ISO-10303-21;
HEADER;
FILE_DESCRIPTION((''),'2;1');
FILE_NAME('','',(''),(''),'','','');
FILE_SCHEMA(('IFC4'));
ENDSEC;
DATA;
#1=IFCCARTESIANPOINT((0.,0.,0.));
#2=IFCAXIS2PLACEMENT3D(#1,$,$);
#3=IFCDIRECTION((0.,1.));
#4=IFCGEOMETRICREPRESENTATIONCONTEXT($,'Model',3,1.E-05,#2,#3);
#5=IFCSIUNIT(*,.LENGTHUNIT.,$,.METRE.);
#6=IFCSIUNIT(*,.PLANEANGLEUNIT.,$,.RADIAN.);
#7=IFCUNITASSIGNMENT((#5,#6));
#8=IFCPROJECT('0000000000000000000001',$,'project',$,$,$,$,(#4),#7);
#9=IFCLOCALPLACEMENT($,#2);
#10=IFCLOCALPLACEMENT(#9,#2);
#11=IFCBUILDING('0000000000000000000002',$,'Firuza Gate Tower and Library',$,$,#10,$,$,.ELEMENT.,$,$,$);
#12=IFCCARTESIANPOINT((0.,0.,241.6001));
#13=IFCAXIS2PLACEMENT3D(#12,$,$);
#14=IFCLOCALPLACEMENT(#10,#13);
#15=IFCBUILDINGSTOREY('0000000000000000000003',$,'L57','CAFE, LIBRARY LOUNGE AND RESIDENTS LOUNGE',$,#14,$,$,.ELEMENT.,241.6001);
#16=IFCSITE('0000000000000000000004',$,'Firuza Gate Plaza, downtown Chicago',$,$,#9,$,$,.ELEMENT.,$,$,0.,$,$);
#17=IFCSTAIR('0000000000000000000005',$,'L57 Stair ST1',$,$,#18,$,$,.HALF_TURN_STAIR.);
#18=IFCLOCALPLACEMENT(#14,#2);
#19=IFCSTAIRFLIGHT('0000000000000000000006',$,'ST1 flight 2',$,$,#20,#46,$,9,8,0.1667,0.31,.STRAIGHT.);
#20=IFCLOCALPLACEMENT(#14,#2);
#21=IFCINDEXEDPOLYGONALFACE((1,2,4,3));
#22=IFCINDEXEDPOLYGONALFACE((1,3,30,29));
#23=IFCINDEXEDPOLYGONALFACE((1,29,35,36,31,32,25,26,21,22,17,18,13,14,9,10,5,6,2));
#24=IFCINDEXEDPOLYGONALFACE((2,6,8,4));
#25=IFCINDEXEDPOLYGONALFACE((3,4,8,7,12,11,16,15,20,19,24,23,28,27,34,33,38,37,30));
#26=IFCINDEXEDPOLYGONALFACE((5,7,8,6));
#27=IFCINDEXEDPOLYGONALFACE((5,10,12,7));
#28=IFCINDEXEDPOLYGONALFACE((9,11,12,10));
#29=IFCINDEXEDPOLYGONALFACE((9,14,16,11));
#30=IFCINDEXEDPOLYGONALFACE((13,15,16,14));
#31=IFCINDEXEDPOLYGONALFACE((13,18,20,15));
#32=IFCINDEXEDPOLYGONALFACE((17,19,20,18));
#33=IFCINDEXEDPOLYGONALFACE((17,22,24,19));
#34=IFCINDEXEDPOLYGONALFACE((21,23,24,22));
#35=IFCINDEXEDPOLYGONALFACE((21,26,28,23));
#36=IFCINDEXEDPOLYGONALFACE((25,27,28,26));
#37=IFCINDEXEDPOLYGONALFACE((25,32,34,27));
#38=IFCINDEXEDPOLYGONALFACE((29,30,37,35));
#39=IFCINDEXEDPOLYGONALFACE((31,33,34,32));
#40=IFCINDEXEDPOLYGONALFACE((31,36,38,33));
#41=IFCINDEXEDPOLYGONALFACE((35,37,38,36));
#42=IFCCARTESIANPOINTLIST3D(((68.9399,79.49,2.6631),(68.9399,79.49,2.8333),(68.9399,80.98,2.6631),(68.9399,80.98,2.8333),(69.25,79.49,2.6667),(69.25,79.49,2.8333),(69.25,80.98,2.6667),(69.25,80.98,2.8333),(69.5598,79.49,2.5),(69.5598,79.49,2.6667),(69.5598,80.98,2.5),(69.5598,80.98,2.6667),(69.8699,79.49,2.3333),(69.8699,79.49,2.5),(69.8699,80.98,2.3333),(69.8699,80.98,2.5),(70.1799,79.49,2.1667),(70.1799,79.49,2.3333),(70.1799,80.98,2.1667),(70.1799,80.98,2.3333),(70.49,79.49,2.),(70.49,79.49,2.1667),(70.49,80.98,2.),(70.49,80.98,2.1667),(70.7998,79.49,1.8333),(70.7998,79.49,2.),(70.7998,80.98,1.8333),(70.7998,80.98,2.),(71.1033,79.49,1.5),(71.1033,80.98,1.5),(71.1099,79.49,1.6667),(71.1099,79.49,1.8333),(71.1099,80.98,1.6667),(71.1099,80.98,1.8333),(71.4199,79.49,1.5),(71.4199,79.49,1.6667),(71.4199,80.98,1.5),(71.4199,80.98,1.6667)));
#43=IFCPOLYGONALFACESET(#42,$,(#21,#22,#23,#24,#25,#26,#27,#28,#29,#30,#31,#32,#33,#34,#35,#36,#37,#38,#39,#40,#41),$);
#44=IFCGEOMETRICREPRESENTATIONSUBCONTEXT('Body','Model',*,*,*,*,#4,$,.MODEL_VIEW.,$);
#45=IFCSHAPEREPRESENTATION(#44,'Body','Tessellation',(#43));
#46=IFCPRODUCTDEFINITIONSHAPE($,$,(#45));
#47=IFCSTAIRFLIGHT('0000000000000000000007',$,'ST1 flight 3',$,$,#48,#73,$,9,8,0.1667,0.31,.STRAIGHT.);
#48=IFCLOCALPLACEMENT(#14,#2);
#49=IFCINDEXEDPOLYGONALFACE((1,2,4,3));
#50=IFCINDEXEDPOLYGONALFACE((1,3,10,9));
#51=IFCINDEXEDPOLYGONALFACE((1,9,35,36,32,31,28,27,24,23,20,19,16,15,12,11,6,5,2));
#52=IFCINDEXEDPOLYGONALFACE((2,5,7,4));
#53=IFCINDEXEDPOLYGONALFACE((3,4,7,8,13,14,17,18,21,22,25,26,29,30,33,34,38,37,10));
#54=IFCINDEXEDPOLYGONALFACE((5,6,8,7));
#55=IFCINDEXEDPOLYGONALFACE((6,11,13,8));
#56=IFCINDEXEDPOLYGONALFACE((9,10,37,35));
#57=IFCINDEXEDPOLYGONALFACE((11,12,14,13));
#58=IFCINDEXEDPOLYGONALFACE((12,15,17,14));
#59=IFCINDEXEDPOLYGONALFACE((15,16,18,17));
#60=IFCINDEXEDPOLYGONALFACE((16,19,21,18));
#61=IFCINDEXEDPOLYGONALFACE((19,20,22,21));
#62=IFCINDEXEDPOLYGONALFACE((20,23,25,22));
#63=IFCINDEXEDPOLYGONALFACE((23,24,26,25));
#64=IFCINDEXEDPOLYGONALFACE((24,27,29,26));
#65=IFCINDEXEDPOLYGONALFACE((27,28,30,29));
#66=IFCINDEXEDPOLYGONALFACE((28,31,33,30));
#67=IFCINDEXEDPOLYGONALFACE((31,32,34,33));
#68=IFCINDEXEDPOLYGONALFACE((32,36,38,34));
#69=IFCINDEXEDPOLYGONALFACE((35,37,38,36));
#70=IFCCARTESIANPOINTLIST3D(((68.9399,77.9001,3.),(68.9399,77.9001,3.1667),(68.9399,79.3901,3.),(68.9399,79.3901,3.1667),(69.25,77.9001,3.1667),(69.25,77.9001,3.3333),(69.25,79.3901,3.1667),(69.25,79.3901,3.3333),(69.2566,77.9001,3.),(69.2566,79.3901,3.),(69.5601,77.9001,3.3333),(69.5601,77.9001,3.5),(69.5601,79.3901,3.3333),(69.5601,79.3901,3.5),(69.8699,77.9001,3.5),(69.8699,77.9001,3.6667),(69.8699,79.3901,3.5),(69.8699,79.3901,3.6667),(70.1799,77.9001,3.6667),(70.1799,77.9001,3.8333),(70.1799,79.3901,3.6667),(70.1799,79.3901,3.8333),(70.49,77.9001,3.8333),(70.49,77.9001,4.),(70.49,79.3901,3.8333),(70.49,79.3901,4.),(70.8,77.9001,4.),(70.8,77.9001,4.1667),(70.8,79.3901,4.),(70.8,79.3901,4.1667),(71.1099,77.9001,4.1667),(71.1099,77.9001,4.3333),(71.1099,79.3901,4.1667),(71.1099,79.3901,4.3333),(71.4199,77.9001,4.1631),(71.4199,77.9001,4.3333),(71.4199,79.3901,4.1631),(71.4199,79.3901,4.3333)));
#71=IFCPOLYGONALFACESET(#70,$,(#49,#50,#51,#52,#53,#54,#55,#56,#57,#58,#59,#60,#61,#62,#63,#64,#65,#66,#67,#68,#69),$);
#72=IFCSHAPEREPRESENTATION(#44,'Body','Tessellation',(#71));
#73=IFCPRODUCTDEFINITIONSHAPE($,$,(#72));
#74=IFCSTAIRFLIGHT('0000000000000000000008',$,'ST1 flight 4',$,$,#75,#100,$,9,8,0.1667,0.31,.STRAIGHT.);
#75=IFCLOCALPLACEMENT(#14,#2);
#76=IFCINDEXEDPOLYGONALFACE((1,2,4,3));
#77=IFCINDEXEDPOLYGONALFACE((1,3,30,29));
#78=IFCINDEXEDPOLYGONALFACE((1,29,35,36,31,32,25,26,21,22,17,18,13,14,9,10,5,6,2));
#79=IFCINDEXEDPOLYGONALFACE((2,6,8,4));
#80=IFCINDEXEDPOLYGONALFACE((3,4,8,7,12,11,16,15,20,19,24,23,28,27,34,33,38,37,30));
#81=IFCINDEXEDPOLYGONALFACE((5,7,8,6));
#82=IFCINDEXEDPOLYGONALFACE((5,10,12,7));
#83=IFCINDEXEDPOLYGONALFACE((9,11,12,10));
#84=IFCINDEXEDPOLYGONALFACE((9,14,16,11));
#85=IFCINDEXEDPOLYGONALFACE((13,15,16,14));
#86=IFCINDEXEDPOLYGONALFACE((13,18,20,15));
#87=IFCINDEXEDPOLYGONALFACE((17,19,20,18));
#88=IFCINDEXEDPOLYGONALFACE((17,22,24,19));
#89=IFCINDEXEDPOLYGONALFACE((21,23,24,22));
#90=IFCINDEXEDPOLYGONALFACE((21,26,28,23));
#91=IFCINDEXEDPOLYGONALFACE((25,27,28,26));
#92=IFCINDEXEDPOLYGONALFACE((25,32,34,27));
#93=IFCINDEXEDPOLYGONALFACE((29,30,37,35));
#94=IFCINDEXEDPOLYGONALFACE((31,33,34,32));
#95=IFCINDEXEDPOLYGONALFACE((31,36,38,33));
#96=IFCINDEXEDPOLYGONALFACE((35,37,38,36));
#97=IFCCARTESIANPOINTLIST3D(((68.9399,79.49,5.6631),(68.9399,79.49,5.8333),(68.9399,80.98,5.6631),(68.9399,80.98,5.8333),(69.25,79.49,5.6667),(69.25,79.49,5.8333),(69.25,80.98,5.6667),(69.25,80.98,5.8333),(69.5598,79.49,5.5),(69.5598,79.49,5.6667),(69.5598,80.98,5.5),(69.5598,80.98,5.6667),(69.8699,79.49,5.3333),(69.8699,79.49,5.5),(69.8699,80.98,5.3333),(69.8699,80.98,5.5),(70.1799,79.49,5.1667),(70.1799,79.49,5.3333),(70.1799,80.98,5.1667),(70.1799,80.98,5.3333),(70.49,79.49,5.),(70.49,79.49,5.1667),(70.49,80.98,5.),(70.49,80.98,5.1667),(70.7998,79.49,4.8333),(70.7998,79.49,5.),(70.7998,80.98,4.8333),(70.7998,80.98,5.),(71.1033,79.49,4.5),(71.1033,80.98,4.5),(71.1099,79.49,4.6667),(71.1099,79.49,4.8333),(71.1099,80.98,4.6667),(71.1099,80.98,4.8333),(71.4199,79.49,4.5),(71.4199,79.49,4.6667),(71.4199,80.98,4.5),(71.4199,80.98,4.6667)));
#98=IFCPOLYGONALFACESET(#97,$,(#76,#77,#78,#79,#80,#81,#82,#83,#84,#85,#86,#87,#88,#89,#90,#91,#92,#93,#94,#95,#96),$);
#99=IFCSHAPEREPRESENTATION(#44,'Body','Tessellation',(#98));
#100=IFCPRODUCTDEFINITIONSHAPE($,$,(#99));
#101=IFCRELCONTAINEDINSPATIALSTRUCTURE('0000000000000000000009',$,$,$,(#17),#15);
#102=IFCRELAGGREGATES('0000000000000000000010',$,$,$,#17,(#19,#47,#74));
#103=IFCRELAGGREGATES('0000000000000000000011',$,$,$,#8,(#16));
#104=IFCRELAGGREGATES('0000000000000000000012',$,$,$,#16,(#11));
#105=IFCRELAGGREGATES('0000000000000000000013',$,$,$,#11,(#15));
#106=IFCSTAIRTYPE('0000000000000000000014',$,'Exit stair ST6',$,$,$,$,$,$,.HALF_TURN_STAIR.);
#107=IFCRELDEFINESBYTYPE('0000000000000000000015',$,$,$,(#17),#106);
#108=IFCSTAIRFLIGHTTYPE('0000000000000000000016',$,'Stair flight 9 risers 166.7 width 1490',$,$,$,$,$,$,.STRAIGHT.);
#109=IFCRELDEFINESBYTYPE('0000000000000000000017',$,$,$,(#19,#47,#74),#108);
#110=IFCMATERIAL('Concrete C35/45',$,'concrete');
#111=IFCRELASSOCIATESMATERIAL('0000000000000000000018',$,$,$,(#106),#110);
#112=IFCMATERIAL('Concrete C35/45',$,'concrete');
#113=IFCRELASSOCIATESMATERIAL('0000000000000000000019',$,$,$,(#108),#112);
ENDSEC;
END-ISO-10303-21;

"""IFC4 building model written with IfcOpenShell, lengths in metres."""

from ifc_helpers import new_model, si_unit, direction, frame, origin, place, context, subcontext, project, spatial, polyline, outline, extrude, material, type_object, element, aggregate, save


model = new_model("IFC4")

# Units and contexts
model_context = context("Model", 3, precision=1e-05, world=origin(), true_north=direction((0.0, 1.0)))
body_context = subcontext(model_context, "Body", "Model", "MODEL_VIEW")
ifc_project = project(units=[si_unit("LENGTHUNIT", "METRE"), si_unit("PLANEANGLEUNIT", "RADIAN")], contexts=[model_context])

# Site, building, storey
site_placement = place(None, origin())
site = spatial("IfcSite", under=ifc_project, at=site_placement, Name="Firuza Gate Plaza, downtown Chicago", CompositionType="ELEMENT", RefElevation=0.0)
building_placement = place(site_placement, origin())
building = spatial("IfcBuilding", under=site, at=building_placement, Name="Firuza Gate Tower and Library", CompositionType="ELEMENT")
storey_placement = place(building_placement, frame((0.0, 0.0, 241.6001)))
storey = spatial("IfcBuildingStorey", under=building, at=storey_placement, Name="L57", Description="CAFE, LIBRARY LOUNGE AND RESIDENTS LOUNGE", CompositionType="ELEMENT", Elevation=241.6001)

# Stair, stair flights
ifc_material_1 = material(Name="Concrete C35/45", Category="concrete")
stair_type = type_object("IfcStairType", Name="Exit stair ST6", PredefinedType="HALF_TURN_STAIR", material=ifc_material_1)
stair_placement = place(storey_placement, origin())
stair = element("IfcStair", 1, at=stair_placement, inside=storey, type_object=stair_type, Name="L57 Stair ST1", PredefinedType="HALF_TURN_STAIR")
ifc_material_2 = material(Name="Concrete C35/45", Category="concrete")
stair_flight_type = type_object("IfcStairFlightType", Name="Stair flight 9 risers 166.7 width 1490", PredefinedType="STRAIGHT", material=ifc_material_2)
stair_flight_1_placement = place(storey_placement, frame((71.4199, 80.2351, 1.5), z_axis=(0.0, 0.0, 1.0), x_axis=(-1.0, 0.0, 0.0)))
stair_flight_1 = element("IfcStairFlight", 2, at=stair_flight_1_placement, type_object=stair_flight_type, Name="ST1 flight 2", NumberOfRisers=9, NumberOfTreads=8, PredefinedType="STRAIGHT", RiserHeight=0.1667, TreadLength=0.31, context=body_context, shape_type="SweptSolid", body=[
    extrude(outline(polyline([(0.0, 0.0), (0.0, 0.1667), (0.3101, 0.1667), (0.3101, 0.3333), (0.6201, 0.3333), (0.6201, 0.5), (0.9299, 0.5), (0.9299, 0.6667), (1.24, 0.6667), (1.24, 0.8333), (1.55, 0.8333), (1.55, 1.0), (1.8601, 1.0), (1.8601, 1.1667), (2.1699, 1.1667), (2.1699, 1.3333), (2.48, 1.3333), (2.48, 1.5), (2.48, 1.1631), (0.3167, 0.0), (0.0, 0.0)])), frame((0.0, 0.7451, 0.0), z_axis=(0.0, -1.0, 0.0), x_axis=(1.0, 0.0, 0.0)), (0.0, 0.0, 1.0), 1.49),
])
stair_flight_2_placement = place(storey_placement, frame((68.9399, 78.645, 3.0), z_axis=(0.0, 0.0, 1.0), x_axis=(1.0, 0.0, 0.0)))
stair_flight_2 = element("IfcStairFlight", 3, at=stair_flight_2_placement, type_object=stair_flight_type, Name="ST1 flight 3", NumberOfRisers=9, NumberOfTreads=8, PredefinedType="STRAIGHT", RiserHeight=0.1667, TreadLength=0.31, context=body_context, shape_type="SweptSolid", body=[
    extrude(outline(polyline([(0.0, 0.0), (0.0, 0.1667), (0.3101, 0.1667), (0.3101, 0.3333), (0.6201, 0.3333), (0.6201, 0.5), (0.9299, 0.5), (0.9299, 0.6667), (1.24, 0.6667), (1.24, 0.8333), (1.55, 0.8333), (1.55, 1.0), (1.8601, 1.0), (1.8601, 1.1667), (2.1699, 1.1667), (2.1699, 1.3333), (2.48, 1.3333), (2.48, 1.5), (2.48, 1.1631), (0.3167, 0.0), (0.0, 0.0)])), frame((0.0, 0.7451, 0.0), z_axis=(0.0, -1.0, 0.0), x_axis=(1.0, 0.0, 0.0)), (0.0, 0.0, 1.0), 1.49),
])
stair_flight_3_placement = place(storey_placement, frame((71.4199, 80.2351, 4.5), z_axis=(0.0, 0.0, 1.0), x_axis=(-1.0, 0.0, 0.0)))
stair_flight_3 = element("IfcStairFlight", 4, at=stair_flight_3_placement, type_object=stair_flight_type, Name="ST1 flight 4", NumberOfRisers=9, NumberOfTreads=8, PredefinedType="STRAIGHT", RiserHeight=0.1667, TreadLength=0.31, context=body_context, shape_type="SweptSolid", body=[
    extrude(outline(polyline([(0.0, 0.0), (0.0, 0.1667), (0.3101, 0.1667), (0.3101, 0.3333), (0.6201, 0.3333), (0.6201, 0.5), (0.9299, 0.5), (0.9299, 0.6667), (1.24, 0.6667), (1.24, 0.8333), (1.55, 0.8333), (1.55, 1.0), (1.8601, 1.0), (1.8601, 1.1667), (2.1699, 1.1667), (2.1699, 1.3333), (2.48, 1.3333), (2.48, 1.5), (2.48, 1.1631), (0.3167, 0.0), (0.0, 0.0)])), frame((0.0, 0.7451, 0.0), z_axis=(0.0, -1.0, 0.0), x_axis=(1.0, 0.0, 0.0)), (0.0, 0.0, 1.0), 1.49),
])
aggregate(stair, [stair_flight_1, stair_flight_2, stair_flight_3])

save(model, "model.ifc")
